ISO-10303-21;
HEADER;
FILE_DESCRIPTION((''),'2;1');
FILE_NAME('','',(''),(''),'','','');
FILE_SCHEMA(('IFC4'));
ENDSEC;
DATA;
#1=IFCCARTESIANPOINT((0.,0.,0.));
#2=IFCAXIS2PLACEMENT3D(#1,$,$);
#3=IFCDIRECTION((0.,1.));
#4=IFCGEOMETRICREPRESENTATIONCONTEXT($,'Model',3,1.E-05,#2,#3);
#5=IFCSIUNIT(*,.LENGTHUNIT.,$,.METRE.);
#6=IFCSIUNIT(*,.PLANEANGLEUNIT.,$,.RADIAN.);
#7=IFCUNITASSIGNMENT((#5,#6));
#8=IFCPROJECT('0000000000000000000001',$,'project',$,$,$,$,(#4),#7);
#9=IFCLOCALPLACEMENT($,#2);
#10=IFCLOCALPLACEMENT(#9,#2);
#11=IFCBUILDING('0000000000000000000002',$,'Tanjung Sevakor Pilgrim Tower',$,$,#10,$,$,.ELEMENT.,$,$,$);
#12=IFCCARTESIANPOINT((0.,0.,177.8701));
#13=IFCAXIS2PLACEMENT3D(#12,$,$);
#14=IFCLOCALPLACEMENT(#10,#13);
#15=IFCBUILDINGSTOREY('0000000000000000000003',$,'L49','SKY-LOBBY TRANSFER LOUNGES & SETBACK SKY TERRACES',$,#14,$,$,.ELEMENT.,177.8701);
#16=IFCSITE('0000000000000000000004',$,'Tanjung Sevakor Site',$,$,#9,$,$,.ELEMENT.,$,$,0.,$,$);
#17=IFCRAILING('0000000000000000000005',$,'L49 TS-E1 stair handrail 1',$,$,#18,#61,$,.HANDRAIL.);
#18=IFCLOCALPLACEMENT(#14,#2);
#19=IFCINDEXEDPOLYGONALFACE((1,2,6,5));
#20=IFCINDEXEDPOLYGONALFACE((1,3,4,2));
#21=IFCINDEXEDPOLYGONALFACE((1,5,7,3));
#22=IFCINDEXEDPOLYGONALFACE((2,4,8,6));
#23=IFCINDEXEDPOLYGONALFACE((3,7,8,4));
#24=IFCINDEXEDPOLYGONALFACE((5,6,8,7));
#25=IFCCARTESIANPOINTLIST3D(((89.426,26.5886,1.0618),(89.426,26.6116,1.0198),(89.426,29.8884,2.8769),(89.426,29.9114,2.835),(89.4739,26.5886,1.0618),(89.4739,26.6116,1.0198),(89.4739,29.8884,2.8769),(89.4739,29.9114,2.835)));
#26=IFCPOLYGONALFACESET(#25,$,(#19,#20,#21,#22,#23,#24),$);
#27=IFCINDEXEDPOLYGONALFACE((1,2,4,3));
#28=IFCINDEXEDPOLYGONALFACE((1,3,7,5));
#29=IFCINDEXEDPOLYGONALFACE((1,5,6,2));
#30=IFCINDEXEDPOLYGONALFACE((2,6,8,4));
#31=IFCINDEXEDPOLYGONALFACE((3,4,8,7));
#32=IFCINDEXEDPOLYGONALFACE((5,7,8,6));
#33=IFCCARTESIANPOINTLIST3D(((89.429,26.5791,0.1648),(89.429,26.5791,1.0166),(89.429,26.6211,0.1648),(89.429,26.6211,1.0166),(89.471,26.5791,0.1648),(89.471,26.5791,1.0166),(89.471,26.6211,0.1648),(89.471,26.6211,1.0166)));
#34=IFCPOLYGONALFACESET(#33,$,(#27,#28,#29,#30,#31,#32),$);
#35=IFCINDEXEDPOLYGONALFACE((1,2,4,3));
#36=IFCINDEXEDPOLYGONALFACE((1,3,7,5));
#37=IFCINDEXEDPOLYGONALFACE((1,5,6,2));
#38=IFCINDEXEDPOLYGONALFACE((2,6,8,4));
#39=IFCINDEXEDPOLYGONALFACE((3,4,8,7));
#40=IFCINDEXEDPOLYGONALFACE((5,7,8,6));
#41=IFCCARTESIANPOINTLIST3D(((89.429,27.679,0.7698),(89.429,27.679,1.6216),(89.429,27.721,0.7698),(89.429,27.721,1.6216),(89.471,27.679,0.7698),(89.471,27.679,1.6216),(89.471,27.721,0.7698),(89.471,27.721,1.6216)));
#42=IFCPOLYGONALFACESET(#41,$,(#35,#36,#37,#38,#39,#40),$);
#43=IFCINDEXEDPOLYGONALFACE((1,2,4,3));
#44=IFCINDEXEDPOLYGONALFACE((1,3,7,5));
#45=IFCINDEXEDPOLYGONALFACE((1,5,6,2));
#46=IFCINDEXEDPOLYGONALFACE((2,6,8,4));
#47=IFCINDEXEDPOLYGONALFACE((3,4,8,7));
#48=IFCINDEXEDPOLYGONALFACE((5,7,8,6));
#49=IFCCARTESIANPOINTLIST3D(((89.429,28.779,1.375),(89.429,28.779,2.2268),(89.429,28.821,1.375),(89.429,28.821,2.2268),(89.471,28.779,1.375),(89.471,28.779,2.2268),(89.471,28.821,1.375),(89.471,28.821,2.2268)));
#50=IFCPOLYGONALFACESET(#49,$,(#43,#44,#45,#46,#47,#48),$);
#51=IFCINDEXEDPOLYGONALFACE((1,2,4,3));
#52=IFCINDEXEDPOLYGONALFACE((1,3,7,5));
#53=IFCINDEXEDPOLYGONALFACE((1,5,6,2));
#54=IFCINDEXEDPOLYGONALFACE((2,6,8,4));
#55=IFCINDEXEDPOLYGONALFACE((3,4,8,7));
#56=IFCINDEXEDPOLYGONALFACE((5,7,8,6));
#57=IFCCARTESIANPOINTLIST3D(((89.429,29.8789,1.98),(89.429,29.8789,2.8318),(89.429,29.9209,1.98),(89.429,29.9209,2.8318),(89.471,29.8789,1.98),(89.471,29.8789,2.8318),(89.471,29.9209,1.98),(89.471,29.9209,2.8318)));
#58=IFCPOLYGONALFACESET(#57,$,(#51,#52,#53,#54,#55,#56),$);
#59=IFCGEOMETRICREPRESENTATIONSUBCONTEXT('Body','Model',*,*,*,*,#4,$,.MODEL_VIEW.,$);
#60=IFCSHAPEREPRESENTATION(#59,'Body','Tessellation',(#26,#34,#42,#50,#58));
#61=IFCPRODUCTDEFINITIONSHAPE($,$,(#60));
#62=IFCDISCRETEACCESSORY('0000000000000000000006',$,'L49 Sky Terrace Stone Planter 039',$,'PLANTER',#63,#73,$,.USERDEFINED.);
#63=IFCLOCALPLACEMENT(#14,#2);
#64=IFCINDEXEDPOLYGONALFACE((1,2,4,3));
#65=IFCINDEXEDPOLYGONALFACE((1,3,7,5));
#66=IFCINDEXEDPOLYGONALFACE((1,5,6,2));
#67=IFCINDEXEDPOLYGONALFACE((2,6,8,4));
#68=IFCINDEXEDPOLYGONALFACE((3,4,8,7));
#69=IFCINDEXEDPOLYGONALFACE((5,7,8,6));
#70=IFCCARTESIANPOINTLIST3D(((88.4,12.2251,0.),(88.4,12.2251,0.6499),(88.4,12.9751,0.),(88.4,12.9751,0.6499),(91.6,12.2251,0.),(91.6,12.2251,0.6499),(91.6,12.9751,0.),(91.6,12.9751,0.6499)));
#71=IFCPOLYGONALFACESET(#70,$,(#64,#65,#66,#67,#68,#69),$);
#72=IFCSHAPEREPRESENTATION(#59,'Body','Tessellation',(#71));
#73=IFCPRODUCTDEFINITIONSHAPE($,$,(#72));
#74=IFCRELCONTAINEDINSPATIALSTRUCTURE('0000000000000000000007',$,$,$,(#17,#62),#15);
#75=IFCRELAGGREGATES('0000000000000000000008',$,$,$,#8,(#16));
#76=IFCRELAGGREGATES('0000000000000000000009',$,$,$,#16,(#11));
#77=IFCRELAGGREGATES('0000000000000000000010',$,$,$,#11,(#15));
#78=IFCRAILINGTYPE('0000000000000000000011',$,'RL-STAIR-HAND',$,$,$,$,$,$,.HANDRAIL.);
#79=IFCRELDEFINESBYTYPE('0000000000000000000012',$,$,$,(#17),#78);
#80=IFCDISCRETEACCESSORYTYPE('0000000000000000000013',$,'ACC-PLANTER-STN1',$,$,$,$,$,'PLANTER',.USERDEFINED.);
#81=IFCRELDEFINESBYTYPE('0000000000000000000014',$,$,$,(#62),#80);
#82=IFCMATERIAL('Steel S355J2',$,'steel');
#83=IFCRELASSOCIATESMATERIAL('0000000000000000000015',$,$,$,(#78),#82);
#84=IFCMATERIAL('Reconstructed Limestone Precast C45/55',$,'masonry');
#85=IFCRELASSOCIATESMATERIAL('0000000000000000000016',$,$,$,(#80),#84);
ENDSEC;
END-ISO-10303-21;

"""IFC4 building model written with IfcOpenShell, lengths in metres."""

from ifc_helpers import new_model, si_unit, direction, frame, origin, origin_2d, place, context, subcontext, project, spatial, rectangle, extrude, material, type_object, element, save


model = new_model("IFC4")

# Units and contexts
model_context = context("Model", 3, precision=1e-05, world=origin(), true_north=direction((0.0, 1.0)))
body_context = subcontext(model_context, "Body", "Model", "MODEL_VIEW")
ifc_project = project(units=[si_unit("LENGTHUNIT", "METRE"), si_unit("PLANEANGLEUNIT", "RADIAN")], contexts=[model_context])

# Site, building, storey
site_placement = place(None, origin())
site = spatial("IfcSite", under=ifc_project, at=site_placement, Name="Tanjung Sevakor Site", CompositionType="ELEMENT", RefElevation=0.0)
building_placement = place(site_placement, origin())
building = spatial("IfcBuilding", under=site, at=building_placement, Name="Tanjung Sevakor Pilgrim Tower", CompositionType="ELEMENT")
storey_placement = place(building_placement, frame((0.0, 0.0, 177.8701)))
storey = spatial("IfcBuildingStorey", under=building, at=storey_placement, Name="L49", Description="SKY-LOBBY TRANSFER LOUNGES & SETBACK SKY TERRACES", CompositionType="ELEMENT", Elevation=177.8701)

# Railing
ifc_material_1 = material(Name="Steel S355J2", Category="steel")
railing_type_1 = type_object("IfcRailingType", Name="RL-STAIR-HAND", PredefinedType="HANDRAIL", material=ifc_material_1)
railing_1_placement = place(storey_placement, frame((89.45, 26.6001, 0.1648)))
element("IfcRailing", 1, at=railing_1_placement, inside=storey, type_object=railing_type_1, Name="L49 TS-E1 stair handrail 1", PredefinedType="HANDRAIL", context=body_context, shape_type="SweptSolid", body=[
    extrude(rectangle(XDim=0.0479, YDim=0.0479), frame((0.0, 0.0, 0.876), z_axis=(0.0, 0.876183, 0.481978), x_axis=(-1.0, 0.0, 0.0)), (0.0, 0.0, 1.0), 3.7661),
    extrude(rectangle(XDim=0.042, YDim=0.042), origin(), (0.0, 0.0, 1.0), 0.8518),
    extrude(rectangle(XDim=0.042, YDim=0.042), frame((0.0, 1.0999, 0.605)), (0.0, 0.0, 1.0), 0.8518),
    extrude(rectangle(XDim=0.042, YDim=0.042), frame((0.0, 2.2, 1.2102)), (0.0, 0.0, 1.0), 0.8518),
    extrude(rectangle(XDim=0.042, YDim=0.042), frame((0.0, 3.2998, 1.8152)), (0.0, 0.0, 1.0), 0.8518),
])

# Discrete accessory
ifc_material_2 = material(Name="Reconstructed Limestone Precast C45/55", Category="masonry")
discrete_accessory_type = type_object("IfcDiscreteAccessoryType", Name="ACC-PLANTER-STN1", ElementType="PLANTER", PredefinedType="USERDEFINED", material=ifc_material_2)
discrete_accessory_placement = place(storey_placement, frame((90.0, 12.6001, 0.0), z_axis=(0.0, 0.0, 1.0), x_axis=(1.0, 0.0, 0.0)))
element("IfcDiscreteAccessory", 2, at=discrete_accessory_placement, inside=storey, type_object=discrete_accessory_type, Name="L49 Sky Terrace Stone Planter 039", ObjectType="PLANTER", PredefinedType="USERDEFINED", context=body_context, shape_type="SweptSolid", body=[
    extrude(rectangle(XDim=3.2, YDim=0.75, at=origin_2d()), origin(), (0.0, 0.0, 1.0), 0.6499),
])

save(model, "model.ifc")
